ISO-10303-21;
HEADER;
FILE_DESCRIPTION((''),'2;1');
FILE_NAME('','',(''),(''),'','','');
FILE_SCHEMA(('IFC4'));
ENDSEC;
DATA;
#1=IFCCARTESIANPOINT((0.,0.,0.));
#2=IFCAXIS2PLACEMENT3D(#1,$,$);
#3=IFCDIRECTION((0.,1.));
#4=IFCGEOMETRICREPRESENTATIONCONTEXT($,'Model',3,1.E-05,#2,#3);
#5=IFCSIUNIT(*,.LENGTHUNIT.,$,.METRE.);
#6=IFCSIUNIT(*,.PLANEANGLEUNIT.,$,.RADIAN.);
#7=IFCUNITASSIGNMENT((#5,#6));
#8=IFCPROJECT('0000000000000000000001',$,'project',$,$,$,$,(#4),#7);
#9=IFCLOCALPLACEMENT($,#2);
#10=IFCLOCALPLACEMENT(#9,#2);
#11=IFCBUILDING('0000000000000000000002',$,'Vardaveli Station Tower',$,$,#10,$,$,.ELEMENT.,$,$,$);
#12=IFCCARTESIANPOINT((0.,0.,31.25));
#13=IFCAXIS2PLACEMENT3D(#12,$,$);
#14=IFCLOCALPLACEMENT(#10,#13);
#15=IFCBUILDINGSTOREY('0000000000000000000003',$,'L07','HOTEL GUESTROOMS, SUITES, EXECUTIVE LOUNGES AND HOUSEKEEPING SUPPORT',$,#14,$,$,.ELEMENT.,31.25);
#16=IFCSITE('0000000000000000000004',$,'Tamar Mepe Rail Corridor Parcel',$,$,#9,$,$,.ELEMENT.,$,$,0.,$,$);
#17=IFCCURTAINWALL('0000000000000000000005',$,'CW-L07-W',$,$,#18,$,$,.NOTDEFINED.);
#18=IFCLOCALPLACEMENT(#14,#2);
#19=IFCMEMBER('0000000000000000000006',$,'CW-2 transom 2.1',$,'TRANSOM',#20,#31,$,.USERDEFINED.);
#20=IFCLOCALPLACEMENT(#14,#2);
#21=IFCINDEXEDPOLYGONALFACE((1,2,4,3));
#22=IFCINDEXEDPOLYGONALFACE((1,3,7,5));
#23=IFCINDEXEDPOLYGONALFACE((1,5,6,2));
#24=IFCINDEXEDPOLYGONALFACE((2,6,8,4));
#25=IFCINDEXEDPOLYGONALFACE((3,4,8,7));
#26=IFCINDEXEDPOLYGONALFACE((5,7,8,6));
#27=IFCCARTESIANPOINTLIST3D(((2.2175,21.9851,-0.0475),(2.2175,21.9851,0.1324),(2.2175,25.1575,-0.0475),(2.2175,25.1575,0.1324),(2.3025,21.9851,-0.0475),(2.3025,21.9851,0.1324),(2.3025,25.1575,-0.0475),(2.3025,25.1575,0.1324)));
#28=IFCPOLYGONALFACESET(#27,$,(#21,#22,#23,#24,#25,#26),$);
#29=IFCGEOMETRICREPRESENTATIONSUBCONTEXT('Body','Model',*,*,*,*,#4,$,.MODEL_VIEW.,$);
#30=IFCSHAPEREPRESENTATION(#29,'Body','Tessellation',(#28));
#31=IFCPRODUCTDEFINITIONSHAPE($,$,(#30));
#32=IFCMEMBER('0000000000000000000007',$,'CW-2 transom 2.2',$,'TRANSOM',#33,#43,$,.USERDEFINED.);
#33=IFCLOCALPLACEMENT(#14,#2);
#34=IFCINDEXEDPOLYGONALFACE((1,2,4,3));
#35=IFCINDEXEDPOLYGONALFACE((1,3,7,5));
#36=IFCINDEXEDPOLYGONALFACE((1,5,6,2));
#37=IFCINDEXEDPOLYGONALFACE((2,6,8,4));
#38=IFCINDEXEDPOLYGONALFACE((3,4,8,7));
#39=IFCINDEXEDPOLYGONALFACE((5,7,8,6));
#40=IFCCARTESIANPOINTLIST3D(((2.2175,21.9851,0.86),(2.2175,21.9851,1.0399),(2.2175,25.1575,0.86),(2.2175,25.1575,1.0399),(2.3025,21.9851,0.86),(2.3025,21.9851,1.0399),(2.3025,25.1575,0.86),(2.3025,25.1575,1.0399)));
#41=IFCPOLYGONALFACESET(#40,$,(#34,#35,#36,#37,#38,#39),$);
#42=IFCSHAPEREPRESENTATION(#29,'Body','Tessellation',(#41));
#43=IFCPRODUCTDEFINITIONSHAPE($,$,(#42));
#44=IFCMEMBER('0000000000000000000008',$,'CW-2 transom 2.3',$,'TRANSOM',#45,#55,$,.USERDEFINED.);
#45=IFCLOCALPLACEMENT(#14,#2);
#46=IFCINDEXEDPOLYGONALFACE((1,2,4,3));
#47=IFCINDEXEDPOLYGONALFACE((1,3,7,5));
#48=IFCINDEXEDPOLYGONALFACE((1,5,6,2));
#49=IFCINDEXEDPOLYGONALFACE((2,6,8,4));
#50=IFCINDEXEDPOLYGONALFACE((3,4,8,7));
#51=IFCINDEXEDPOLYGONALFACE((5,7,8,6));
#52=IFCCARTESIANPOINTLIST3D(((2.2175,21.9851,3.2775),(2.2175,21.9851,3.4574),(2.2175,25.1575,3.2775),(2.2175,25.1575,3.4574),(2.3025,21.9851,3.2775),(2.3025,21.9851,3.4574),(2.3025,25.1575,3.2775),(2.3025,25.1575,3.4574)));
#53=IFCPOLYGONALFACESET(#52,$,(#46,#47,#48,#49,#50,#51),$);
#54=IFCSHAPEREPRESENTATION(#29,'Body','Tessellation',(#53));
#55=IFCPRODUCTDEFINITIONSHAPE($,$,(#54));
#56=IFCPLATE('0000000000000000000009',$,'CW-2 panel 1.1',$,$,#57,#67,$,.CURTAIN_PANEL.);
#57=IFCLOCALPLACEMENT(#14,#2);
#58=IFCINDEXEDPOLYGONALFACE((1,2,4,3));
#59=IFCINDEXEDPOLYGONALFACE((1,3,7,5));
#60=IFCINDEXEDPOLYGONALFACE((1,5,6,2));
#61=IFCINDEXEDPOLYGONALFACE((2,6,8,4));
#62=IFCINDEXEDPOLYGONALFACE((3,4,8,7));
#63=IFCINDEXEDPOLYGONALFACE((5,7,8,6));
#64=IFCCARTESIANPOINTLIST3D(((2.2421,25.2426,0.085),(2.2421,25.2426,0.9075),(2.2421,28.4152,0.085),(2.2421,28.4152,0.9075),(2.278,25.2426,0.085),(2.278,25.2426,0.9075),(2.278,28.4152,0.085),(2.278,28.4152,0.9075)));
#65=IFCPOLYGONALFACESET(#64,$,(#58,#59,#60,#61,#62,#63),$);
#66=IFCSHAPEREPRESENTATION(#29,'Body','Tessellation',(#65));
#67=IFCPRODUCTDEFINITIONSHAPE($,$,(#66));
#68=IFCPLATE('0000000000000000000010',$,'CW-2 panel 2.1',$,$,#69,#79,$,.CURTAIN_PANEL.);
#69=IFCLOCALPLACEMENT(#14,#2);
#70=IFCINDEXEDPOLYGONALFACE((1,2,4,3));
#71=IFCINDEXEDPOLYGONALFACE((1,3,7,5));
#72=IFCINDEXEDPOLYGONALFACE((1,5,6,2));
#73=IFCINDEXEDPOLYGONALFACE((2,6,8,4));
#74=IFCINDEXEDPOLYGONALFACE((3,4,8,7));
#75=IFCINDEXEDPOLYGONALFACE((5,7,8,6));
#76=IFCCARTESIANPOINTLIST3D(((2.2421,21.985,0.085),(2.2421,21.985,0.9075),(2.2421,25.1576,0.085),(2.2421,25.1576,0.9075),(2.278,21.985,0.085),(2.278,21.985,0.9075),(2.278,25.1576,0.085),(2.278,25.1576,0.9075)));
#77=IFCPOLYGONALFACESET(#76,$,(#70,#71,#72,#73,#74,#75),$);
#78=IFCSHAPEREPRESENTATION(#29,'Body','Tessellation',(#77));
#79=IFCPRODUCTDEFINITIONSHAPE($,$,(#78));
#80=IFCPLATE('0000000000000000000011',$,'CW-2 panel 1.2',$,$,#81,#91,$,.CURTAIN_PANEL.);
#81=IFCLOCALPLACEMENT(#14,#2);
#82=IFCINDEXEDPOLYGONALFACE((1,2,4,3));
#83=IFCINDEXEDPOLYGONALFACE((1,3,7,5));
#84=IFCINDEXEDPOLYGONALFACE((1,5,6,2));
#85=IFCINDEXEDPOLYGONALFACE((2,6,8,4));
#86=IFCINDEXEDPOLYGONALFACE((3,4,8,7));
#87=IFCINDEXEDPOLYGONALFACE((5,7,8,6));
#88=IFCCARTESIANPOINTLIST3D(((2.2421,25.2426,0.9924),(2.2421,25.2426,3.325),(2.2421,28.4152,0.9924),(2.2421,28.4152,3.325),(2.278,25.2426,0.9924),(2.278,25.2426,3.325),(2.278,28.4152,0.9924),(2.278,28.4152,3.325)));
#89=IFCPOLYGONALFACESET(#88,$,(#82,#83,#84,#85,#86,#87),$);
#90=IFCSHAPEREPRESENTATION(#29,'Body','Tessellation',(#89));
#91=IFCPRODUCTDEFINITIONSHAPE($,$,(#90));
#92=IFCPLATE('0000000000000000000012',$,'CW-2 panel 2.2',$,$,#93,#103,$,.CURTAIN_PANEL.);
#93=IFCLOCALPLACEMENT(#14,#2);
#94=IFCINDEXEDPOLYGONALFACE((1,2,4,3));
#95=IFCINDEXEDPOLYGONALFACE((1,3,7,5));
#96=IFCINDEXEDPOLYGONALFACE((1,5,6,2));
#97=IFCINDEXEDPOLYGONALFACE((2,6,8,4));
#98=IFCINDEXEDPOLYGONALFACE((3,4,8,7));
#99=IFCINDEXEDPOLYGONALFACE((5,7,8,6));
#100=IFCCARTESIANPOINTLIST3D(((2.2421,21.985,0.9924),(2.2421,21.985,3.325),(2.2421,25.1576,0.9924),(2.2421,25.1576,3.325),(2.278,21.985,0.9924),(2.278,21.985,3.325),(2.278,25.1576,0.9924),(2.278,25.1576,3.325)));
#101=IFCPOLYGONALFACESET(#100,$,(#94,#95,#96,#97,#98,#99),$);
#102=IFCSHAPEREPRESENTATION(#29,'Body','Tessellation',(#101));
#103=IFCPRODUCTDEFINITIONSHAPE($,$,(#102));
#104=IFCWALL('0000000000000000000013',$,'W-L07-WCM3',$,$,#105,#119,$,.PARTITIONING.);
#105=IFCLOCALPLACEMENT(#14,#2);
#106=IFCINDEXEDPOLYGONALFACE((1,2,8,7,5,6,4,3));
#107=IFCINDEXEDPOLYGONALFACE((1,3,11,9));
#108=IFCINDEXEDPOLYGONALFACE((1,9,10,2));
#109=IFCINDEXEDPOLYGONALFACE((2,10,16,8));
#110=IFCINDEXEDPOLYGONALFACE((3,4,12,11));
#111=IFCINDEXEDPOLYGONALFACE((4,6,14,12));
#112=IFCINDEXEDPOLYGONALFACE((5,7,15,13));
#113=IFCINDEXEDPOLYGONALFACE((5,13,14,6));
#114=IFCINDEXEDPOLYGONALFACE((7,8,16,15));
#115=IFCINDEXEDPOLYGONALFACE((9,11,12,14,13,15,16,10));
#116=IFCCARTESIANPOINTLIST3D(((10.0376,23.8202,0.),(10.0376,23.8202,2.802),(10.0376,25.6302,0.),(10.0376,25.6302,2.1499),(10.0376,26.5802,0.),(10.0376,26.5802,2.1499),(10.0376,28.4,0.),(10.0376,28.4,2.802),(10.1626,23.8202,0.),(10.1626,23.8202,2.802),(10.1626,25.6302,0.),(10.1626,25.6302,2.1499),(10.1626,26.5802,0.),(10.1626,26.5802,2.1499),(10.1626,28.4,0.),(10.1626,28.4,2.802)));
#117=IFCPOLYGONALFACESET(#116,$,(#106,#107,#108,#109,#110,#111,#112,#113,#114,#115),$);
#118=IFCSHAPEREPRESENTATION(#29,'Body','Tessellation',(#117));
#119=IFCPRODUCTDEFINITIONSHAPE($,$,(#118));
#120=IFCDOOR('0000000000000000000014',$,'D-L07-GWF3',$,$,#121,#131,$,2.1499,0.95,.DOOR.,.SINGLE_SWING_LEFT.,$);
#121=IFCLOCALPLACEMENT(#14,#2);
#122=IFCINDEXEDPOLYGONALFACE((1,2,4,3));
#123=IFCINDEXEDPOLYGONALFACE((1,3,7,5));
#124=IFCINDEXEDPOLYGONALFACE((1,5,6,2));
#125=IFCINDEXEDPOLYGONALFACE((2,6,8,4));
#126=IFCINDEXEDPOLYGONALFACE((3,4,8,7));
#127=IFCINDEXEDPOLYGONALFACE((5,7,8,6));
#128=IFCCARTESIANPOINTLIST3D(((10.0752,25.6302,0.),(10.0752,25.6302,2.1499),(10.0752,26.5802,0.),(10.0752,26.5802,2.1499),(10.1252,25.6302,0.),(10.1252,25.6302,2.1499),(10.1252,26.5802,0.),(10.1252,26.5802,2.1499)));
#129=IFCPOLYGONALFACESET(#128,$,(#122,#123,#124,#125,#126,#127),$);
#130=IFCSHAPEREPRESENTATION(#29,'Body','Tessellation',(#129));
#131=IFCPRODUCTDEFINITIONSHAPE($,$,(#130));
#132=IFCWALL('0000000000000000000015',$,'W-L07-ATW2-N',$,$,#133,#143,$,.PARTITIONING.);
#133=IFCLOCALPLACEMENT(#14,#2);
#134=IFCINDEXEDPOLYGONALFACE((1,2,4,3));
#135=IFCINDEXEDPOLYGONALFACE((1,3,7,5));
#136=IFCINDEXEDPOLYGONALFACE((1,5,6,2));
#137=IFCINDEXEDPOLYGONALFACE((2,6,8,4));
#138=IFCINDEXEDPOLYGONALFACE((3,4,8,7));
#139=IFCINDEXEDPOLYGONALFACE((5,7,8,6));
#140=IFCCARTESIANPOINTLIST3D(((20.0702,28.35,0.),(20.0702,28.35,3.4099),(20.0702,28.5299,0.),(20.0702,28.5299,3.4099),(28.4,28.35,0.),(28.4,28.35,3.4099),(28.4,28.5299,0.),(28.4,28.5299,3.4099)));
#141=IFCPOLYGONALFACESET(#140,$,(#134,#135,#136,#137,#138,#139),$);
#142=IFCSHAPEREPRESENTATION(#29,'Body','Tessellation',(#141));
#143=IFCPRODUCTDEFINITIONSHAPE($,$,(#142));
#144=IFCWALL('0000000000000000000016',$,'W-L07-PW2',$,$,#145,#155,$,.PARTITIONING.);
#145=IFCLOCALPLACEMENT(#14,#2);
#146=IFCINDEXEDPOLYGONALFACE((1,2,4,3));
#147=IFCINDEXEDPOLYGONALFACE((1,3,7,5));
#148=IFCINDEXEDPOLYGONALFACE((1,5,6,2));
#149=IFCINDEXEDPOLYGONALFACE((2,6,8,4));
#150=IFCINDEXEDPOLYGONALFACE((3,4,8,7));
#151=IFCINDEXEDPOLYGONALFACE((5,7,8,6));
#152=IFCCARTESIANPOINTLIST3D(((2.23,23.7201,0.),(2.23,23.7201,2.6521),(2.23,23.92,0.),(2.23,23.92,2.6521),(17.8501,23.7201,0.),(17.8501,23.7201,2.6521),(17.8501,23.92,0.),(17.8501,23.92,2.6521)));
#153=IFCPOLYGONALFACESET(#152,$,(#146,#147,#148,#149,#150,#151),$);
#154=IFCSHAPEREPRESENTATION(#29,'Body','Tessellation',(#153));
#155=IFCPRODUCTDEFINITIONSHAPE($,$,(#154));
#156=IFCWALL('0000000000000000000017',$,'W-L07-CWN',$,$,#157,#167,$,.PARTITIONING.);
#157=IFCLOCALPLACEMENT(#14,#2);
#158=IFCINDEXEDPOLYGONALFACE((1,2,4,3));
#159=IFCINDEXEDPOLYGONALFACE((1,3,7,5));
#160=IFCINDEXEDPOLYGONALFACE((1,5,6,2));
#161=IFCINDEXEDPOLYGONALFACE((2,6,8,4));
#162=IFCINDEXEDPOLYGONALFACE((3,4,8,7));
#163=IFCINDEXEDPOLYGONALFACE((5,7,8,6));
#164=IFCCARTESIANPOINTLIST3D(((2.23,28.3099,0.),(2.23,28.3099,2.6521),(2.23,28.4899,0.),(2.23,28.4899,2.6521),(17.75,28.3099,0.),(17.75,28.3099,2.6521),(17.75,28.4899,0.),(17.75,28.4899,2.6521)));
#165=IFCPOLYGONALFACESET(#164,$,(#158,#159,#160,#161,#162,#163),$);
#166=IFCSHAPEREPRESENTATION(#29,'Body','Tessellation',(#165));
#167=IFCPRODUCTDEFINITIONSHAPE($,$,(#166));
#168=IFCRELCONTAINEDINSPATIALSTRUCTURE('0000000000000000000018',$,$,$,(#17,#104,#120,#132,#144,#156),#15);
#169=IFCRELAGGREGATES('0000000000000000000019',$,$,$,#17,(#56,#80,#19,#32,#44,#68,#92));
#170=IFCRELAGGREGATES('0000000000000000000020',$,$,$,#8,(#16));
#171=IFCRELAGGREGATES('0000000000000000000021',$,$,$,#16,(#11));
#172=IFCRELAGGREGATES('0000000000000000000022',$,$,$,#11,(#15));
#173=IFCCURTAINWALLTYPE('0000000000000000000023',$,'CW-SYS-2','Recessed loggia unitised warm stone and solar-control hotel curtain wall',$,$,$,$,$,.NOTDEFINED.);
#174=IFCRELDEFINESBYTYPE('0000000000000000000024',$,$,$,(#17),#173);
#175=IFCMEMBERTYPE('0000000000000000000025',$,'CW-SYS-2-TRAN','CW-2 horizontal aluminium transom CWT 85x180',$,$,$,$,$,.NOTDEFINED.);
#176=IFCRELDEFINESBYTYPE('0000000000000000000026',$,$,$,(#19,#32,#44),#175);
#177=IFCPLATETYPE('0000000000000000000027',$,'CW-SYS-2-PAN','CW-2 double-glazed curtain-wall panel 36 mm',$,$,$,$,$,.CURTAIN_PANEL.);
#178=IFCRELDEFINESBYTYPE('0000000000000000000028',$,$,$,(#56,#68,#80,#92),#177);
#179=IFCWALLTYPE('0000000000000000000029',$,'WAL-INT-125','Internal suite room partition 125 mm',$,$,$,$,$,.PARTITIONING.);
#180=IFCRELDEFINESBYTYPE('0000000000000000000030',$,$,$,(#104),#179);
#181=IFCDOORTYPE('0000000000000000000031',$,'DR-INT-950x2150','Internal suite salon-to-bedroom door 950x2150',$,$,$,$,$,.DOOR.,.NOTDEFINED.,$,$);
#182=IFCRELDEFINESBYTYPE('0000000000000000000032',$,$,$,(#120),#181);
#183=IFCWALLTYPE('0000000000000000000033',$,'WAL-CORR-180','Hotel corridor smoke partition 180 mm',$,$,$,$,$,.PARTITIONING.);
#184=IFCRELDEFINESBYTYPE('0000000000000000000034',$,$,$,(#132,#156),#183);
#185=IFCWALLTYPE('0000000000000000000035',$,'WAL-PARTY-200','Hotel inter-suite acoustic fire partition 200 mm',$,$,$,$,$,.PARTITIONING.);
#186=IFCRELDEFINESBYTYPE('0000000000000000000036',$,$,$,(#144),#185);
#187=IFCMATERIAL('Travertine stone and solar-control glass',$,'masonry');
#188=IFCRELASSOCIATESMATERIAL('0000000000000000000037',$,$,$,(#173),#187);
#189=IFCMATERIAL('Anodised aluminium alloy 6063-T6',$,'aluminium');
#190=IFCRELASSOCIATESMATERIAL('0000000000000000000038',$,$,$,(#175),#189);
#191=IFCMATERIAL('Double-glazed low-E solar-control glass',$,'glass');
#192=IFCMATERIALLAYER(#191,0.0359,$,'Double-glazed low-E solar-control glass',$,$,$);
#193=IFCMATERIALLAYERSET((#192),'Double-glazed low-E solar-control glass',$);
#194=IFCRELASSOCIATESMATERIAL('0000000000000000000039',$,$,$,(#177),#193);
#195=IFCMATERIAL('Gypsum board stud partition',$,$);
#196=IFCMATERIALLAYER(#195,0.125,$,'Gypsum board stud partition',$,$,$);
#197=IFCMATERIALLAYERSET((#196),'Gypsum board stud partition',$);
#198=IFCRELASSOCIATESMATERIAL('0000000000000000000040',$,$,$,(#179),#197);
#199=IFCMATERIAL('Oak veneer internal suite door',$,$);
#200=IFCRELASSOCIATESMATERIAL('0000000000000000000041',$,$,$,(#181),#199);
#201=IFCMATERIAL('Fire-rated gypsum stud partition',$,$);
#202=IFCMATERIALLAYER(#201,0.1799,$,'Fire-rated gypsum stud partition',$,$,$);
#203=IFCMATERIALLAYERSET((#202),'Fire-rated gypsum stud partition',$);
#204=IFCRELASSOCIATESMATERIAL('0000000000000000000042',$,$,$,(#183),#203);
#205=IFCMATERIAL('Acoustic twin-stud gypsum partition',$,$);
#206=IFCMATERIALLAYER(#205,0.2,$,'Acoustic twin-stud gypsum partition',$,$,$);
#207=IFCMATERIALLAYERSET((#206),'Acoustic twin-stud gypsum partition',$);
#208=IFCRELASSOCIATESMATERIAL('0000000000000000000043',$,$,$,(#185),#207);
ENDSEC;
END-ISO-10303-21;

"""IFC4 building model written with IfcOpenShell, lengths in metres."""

from ifc_helpers import new_model, si_unit, direction, frame, frame_2d, origin, origin_2d, place, context, subcontext, project, spatial, rectangle, extrude, source, transform, mapped, material, layer, layer_set, material_profile, profile_set, type_object, element, fill, aggregate, save


model = new_model("IFC4")

# Units and contexts
model_context = context("Model", 3, precision=1e-05, world=origin(), true_north=direction((0.0, 1.0)))
body_context = subcontext(model_context, "Body", "Model", "MODEL_VIEW")
ifc_project = project(units=[si_unit("LENGTHUNIT", "METRE"), si_unit("PLANEANGLEUNIT", "RADIAN")], contexts=[model_context])

# Site, building, storey
site_placement = place(None, origin())
site = spatial("IfcSite", under=ifc_project, at=site_placement, Name="Tamar Mepe Rail Corridor Parcel", CompositionType="ELEMENT", RefElevation=0.0)
building_placement = place(site_placement, origin())
building = spatial("IfcBuilding", under=site, at=building_placement, Name="Vardaveli Station Tower", CompositionType="ELEMENT")
storey_placement = place(building_placement, frame((0.0, 0.0, 31.25)))
storey = spatial("IfcBuildingStorey", under=building, at=storey_placement, Name="L07", Description="HOTEL GUESTROOMS, SUITES, EXECUTIVE LOUNGES AND HOUSEKEEPING SUPPORT", CompositionType="ELEMENT", Elevation=31.25)

# Curtain wall, members, plates
ifc_material_1 = material(Name="Travertine stone and solar-control glass", Category="masonry")
curtain_wall_type = type_object("IfcCurtainWallType", Name="CW-SYS-2", Description="Recessed loggia unitised warm stone and solar-control hotel curtain wall", PredefinedType="NOTDEFINED", material=ifc_material_1)
curtain_wall_placement = place(storey_placement, origin())
curtain_wall = element("IfcCurtainWall", 1, at=curtain_wall_placement, inside=storey, type_object=curtain_wall_type, Name="CW-L07-W", PredefinedType="NOTDEFINED")
ifc_material_2 = material(Name="Anodised aluminium alloy 6063-T6", Category="aluminium")
ifc_material_profile_1 = material_profile(ifc_material_2, rectangle(XDim=0.085, YDim=0.1799, at=origin_2d()), Name="CWT 85x180")
ifc_profile_set_1 = profile_set([ifc_material_profile_1], Name="Anodised aluminium alloy 6063-T6")
member_type_1 = type_object("IfcMemberType", Name="CW-SYS-2-TRAN", Description="CW-2 horizontal aluminium transom CWT 85x180", PredefinedType="NOTDEFINED", material=ifc_profile_set_1)
shared_shape_1 = source(origin(), body_context, "Body", "SweptSolid", [
    extrude(rectangle(XDim=0.085, YDim=0.1799, at=origin_2d()), origin(), (0.0, 0.0, 1.0), 3.1724),
])
member_1_placement = place(storey_placement, frame((2.26, 25.1575, 0.0425), z_axis=(0.0, -1.0, 0.0), x_axis=(1.0, 0.0, 0.0)))
member_1 = element("IfcMember", 2, at=member_1_placement, type_object=member_type_1, Name="CW-2 transom 2.1", ObjectType="TRANSOM", PredefinedType="USERDEFINED", context=body_context, shape_type="MappedRepresentation", body=[
    mapped(shared_shape_1, transform((0.0, 0.0, 0.0), scale=1.0)),
])
member_2_placement = place(storey_placement, frame((2.26, 25.1575, 0.95), z_axis=(0.0, -1.0, 0.0), x_axis=(1.0, 0.0, 0.0)))
member_2 = element("IfcMember", 3, at=member_2_placement, type_object=member_type_1, Name="CW-2 transom 2.2", ObjectType="TRANSOM", PredefinedType="USERDEFINED", context=body_context, shape_type="MappedRepresentation", body=[
    mapped(shared_shape_1, transform((0.0, 0.0, 0.0), scale=1.0)),
])
member_3_placement = place(storey_placement, frame((2.26, 25.1575, 3.3674), z_axis=(0.0, -1.0, 0.0), x_axis=(1.0, 0.0, 0.0)))
member_3 = element("IfcMember", 4, at=member_3_placement, type_object=member_type_1, Name="CW-2 transom 2.3", ObjectType="TRANSOM", PredefinedType="USERDEFINED", context=body_context, shape_type="MappedRepresentation", body=[
    mapped(shared_shape_1, transform((0.0, 0.0, 0.0), scale=1.0)),
])
ifc_material_3 = material(Name="Double-glazed low-E solar-control glass", Category="glass")
ifc_layer_1 = layer(ifc_material_3, 0.0359, Name="Double-glazed low-E solar-control glass")
ifc_layer_set_1 = layer_set([ifc_layer_1], Name="Double-glazed low-E solar-control glass")
plate_type = type_object("IfcPlateType", Name="CW-SYS-2-PAN", Description="CW-2 double-glazed curtain-wall panel 36 mm", PredefinedType="CURTAIN_PANEL", material=ifc_layer_set_1)
shared_shape_2 = source(origin(), body_context, "Body", "SweptSolid", [
    extrude(rectangle(XDim=3.1726, YDim=0.0359, at=origin_2d()), origin(), (0.0, 0.0, 1.0), 0.8225),
])
plate_1_placement = place(storey_placement, frame((2.26, 26.8289, 0.085), z_axis=(0.0, 0.0, 1.0), x_axis=(0.0, -1.0, 0.0)))
plate_1 = element("IfcPlate", 5, at=plate_1_placement, type_object=plate_type, Name="CW-2 panel 1.1", PredefinedType="CURTAIN_PANEL", context=body_context, shape_type="MappedRepresentation", body=[
    mapped(shared_shape_2, transform((0.0, 0.0, 0.0), scale=1.0)),
])
plate_2_placement = place(storey_placement, frame((2.26, 23.5713, 0.085), z_axis=(0.0, 0.0, 1.0), x_axis=(0.0, -1.0, 0.0)))
plate_2 = element("IfcPlate", 6, at=plate_2_placement, type_object=plate_type, Name="CW-2 panel 2.1", PredefinedType="CURTAIN_PANEL", context=body_context, shape_type="MappedRepresentation", body=[
    mapped(shared_shape_2, transform((0.0, 0.0, 0.0), scale=1.0)),
])
shared_shape_3 = source(origin(), body_context, "Body", "SweptSolid", [
    extrude(rectangle(XDim=3.1726, YDim=0.0359, at=origin_2d()), origin(), (0.0, 0.0, 1.0), 2.3325),
])
plate_3_placement = place(storey_placement, frame((2.26, 26.8289, 0.9924), z_axis=(0.0, 0.0, 1.0), x_axis=(0.0, -1.0, 0.0)))
plate_3 = element("IfcPlate", 7, at=plate_3_placement, type_object=plate_type, Name="CW-2 panel 1.2", PredefinedType="CURTAIN_PANEL", context=body_context, shape_type="MappedRepresentation", body=[
    mapped(shared_shape_3, transform((0.0, 0.0, 0.0), scale=1.0)),
])
plate_4_placement = place(storey_placement, frame((2.26, 23.5713, 0.9924), z_axis=(0.0, 0.0, 1.0), x_axis=(0.0, -1.0, 0.0)))
plate_4 = element("IfcPlate", 8, at=plate_4_placement, type_object=plate_type, Name="CW-2 panel 2.2", PredefinedType="CURTAIN_PANEL", context=body_context, shape_type="MappedRepresentation", body=[
    mapped(shared_shape_3, transform((0.0, 0.0, 0.0), scale=1.0)),
])
aggregate(curtain_wall, [plate_1, plate_3, member_1, member_2, member_3, plate_2, plate_4])

# Wall, opening, door
ifc_material_4 = material(Name="Gypsum board stud partition")
ifc_layer_2 = layer(ifc_material_4, 0.125, Name="Gypsum board stud partition")
ifc_layer_set_2 = layer_set([ifc_layer_2], Name="Gypsum board stud partition")
wall_type_1 = type_object("IfcWallType", Name="WAL-INT-125", Description="Internal suite room partition 125 mm", PredefinedType="PARTITIONING", material=ifc_layer_set_2)
shared_shape_4 = source(origin(), body_context, "Body", "SweptSolid", [
    extrude(rectangle(XDim=4.5798, YDim=0.125, at=frame_2d((2.29, 0.0))), origin(), (0.0, 0.0, 1.0), 2.802),
])
wall_1_placement = place(storey_placement, frame((10.1001, 23.8201, 0.0), z_axis=(0.0, 0.0, 1.0), x_axis=(0.0, 1.0, 0.0)))
wall_1 = element("IfcWall", 9, at=wall_1_placement, inside=storey, type_object=wall_type_1, Name="W-L07-WCM3", PredefinedType="PARTITIONING", context=body_context, shape_type="MappedRepresentation", body=[
    mapped(shared_shape_4, transform((0.0, 0.0, 0.0), scale=1.0)),
])
shared_shape_5 = source(origin(), body_context, "Body", "SweptSolid", [
    extrude(rectangle(XDim=0.95, YDim=2.1499, at=frame_2d((0.4751, 1.075))), frame((0.0, 0.0725, 0.0), z_axis=(0.0, -1.0, 0.0), x_axis=(1.0, 0.0, 0.0)), (0.0, 0.0, 1.0), 0.145),
])
opening_placement = place(wall_1_placement, frame((1.8101, 0.0, 0.0)))
opening = element("IfcOpeningElement", 10, at=opening_placement, cuts=wall_1, PredefinedType="OPENING", context=body_context, shape_type="MappedRepresentation", body=[
    mapped(shared_shape_5, transform((0.0, 0.0, 0.0), scale=1.0)),
])
ifc_material_5 = material(Name="Oak veneer internal suite door")
door_type = type_object("IfcDoorType", Name="DR-INT-950x2150", Description="Internal suite salon-to-bedroom door 950x2150", OperationType="NOTDEFINED", PredefinedType="DOOR", material=ifc_material_5)
shared_shape_6 = source(origin(), body_context, "Body", "SweptSolid", [
    extrude(rectangle(XDim=0.95, YDim=2.1499, at=frame_2d((0.4751, 1.075))), frame((0.0, 0.0249, 0.0), z_axis=(0.0, -1.0, 0.0), x_axis=(1.0, 0.0, 0.0)), (0.0, 0.0, 1.0), 0.05),
])
door_placement = place(opening_placement, origin())
door = element("IfcDoor", 11, at=door_placement, inside=storey, type_object=door_type, Name="D-L07-GWF3", OperationType="SINGLE_SWING_LEFT", OverallHeight=2.1499, OverallWidth=0.95, PredefinedType="DOOR", context=body_context, shape_type="MappedRepresentation", body=[
    mapped(shared_shape_6, transform((0.0, 0.0, 0.0), scale=1.0)),
])
fill(opening, door)

# Walls
ifc_material_6 = material(Name="Fire-rated gypsum stud partition")
ifc_layer_3 = layer(ifc_material_6, 0.1799, Name="Fire-rated gypsum stud partition")
ifc_layer_set_3 = layer_set([ifc_layer_3], Name="Fire-rated gypsum stud partition")
wall_type_2 = type_object("IfcWallType", Name="WAL-CORR-180", Description="Hotel corridor smoke partition 180 mm", PredefinedType="PARTITIONING", material=ifc_layer_set_3)
shared_shape_7 = source(origin(), body_context, "Body", "SweptSolid", [
    extrude(rectangle(XDim=8.3298, YDim=0.1799, at=frame_2d((4.165, 0.0))), origin(), (0.0, 0.0, 1.0), 3.4099),
])
wall_2_placement = place(storey_placement, frame((20.0701, 28.4399, 0.0), z_axis=(0.0, 0.0, 1.0), x_axis=(1.0, 0.0, 0.0)))
element("IfcWall", 12, at=wall_2_placement, inside=storey, type_object=wall_type_2, Name="W-L07-ATW2-N", PredefinedType="PARTITIONING", context=body_context, shape_type="MappedRepresentation", body=[
    mapped(shared_shape_7, transform((0.0, 0.0, 0.0), scale=1.0)),
])
ifc_material_7 = material(Name="Acoustic twin-stud gypsum partition")
ifc_layer_4 = layer(ifc_material_7, 0.2, Name="Acoustic twin-stud gypsum partition")
ifc_layer_set_4 = layer_set([ifc_layer_4], Name="Acoustic twin-stud gypsum partition")
wall_type_3 = type_object("IfcWallType", Name="WAL-PARTY-200", Description="Hotel inter-suite acoustic fire partition 200 mm", PredefinedType="PARTITIONING", material=ifc_layer_set_4)
shared_shape_8 = source(origin(), body_context, "Body", "SweptSolid", [
    extrude(rectangle(XDim=15.6201, YDim=0.2, at=frame_2d((7.8101, 0.0))), origin(), (0.0, 0.0, 1.0), 2.6521),
])
wall_3_placement = place(storey_placement, frame((2.23, 23.8201, 0.0), z_axis=(0.0, 0.0, 1.0), x_axis=(1.0, 0.0, 0.0)))
element("IfcWall", 13, at=wall_3_placement, inside=storey, type_object=wall_type_3, Name="W-L07-PW2", PredefinedType="PARTITIONING", context=body_context, shape_type="MappedRepresentation", body=[
    mapped(shared_shape_8, transform((0.0, 0.0, 0.0), scale=1.0)),
])
shared_shape_9 = source(origin(), body_context, "Body", "SweptSolid", [
    extrude(rectangle(XDim=15.52, YDim=0.1799, at=frame_2d((7.76, 0.0))), origin(), (0.0, 0.0, 1.0), 2.6521),
])
wall_4_placement = place(storey_placement, frame((2.23, 28.3999, 0.0), z_axis=(0.0, 0.0, 1.0), x_axis=(1.0, 0.0, 0.0)))
element("IfcWall", 14, at=wall_4_placement, inside=storey, type_object=wall_type_2, Name="W-L07-CWN", PredefinedType="PARTITIONING", context=body_context, shape_type="MappedRepresentation", body=[
    mapped(shared_shape_9, transform((0.0, 0.0, 0.0), scale=1.0)),
])

save(model, "model.ifc")
